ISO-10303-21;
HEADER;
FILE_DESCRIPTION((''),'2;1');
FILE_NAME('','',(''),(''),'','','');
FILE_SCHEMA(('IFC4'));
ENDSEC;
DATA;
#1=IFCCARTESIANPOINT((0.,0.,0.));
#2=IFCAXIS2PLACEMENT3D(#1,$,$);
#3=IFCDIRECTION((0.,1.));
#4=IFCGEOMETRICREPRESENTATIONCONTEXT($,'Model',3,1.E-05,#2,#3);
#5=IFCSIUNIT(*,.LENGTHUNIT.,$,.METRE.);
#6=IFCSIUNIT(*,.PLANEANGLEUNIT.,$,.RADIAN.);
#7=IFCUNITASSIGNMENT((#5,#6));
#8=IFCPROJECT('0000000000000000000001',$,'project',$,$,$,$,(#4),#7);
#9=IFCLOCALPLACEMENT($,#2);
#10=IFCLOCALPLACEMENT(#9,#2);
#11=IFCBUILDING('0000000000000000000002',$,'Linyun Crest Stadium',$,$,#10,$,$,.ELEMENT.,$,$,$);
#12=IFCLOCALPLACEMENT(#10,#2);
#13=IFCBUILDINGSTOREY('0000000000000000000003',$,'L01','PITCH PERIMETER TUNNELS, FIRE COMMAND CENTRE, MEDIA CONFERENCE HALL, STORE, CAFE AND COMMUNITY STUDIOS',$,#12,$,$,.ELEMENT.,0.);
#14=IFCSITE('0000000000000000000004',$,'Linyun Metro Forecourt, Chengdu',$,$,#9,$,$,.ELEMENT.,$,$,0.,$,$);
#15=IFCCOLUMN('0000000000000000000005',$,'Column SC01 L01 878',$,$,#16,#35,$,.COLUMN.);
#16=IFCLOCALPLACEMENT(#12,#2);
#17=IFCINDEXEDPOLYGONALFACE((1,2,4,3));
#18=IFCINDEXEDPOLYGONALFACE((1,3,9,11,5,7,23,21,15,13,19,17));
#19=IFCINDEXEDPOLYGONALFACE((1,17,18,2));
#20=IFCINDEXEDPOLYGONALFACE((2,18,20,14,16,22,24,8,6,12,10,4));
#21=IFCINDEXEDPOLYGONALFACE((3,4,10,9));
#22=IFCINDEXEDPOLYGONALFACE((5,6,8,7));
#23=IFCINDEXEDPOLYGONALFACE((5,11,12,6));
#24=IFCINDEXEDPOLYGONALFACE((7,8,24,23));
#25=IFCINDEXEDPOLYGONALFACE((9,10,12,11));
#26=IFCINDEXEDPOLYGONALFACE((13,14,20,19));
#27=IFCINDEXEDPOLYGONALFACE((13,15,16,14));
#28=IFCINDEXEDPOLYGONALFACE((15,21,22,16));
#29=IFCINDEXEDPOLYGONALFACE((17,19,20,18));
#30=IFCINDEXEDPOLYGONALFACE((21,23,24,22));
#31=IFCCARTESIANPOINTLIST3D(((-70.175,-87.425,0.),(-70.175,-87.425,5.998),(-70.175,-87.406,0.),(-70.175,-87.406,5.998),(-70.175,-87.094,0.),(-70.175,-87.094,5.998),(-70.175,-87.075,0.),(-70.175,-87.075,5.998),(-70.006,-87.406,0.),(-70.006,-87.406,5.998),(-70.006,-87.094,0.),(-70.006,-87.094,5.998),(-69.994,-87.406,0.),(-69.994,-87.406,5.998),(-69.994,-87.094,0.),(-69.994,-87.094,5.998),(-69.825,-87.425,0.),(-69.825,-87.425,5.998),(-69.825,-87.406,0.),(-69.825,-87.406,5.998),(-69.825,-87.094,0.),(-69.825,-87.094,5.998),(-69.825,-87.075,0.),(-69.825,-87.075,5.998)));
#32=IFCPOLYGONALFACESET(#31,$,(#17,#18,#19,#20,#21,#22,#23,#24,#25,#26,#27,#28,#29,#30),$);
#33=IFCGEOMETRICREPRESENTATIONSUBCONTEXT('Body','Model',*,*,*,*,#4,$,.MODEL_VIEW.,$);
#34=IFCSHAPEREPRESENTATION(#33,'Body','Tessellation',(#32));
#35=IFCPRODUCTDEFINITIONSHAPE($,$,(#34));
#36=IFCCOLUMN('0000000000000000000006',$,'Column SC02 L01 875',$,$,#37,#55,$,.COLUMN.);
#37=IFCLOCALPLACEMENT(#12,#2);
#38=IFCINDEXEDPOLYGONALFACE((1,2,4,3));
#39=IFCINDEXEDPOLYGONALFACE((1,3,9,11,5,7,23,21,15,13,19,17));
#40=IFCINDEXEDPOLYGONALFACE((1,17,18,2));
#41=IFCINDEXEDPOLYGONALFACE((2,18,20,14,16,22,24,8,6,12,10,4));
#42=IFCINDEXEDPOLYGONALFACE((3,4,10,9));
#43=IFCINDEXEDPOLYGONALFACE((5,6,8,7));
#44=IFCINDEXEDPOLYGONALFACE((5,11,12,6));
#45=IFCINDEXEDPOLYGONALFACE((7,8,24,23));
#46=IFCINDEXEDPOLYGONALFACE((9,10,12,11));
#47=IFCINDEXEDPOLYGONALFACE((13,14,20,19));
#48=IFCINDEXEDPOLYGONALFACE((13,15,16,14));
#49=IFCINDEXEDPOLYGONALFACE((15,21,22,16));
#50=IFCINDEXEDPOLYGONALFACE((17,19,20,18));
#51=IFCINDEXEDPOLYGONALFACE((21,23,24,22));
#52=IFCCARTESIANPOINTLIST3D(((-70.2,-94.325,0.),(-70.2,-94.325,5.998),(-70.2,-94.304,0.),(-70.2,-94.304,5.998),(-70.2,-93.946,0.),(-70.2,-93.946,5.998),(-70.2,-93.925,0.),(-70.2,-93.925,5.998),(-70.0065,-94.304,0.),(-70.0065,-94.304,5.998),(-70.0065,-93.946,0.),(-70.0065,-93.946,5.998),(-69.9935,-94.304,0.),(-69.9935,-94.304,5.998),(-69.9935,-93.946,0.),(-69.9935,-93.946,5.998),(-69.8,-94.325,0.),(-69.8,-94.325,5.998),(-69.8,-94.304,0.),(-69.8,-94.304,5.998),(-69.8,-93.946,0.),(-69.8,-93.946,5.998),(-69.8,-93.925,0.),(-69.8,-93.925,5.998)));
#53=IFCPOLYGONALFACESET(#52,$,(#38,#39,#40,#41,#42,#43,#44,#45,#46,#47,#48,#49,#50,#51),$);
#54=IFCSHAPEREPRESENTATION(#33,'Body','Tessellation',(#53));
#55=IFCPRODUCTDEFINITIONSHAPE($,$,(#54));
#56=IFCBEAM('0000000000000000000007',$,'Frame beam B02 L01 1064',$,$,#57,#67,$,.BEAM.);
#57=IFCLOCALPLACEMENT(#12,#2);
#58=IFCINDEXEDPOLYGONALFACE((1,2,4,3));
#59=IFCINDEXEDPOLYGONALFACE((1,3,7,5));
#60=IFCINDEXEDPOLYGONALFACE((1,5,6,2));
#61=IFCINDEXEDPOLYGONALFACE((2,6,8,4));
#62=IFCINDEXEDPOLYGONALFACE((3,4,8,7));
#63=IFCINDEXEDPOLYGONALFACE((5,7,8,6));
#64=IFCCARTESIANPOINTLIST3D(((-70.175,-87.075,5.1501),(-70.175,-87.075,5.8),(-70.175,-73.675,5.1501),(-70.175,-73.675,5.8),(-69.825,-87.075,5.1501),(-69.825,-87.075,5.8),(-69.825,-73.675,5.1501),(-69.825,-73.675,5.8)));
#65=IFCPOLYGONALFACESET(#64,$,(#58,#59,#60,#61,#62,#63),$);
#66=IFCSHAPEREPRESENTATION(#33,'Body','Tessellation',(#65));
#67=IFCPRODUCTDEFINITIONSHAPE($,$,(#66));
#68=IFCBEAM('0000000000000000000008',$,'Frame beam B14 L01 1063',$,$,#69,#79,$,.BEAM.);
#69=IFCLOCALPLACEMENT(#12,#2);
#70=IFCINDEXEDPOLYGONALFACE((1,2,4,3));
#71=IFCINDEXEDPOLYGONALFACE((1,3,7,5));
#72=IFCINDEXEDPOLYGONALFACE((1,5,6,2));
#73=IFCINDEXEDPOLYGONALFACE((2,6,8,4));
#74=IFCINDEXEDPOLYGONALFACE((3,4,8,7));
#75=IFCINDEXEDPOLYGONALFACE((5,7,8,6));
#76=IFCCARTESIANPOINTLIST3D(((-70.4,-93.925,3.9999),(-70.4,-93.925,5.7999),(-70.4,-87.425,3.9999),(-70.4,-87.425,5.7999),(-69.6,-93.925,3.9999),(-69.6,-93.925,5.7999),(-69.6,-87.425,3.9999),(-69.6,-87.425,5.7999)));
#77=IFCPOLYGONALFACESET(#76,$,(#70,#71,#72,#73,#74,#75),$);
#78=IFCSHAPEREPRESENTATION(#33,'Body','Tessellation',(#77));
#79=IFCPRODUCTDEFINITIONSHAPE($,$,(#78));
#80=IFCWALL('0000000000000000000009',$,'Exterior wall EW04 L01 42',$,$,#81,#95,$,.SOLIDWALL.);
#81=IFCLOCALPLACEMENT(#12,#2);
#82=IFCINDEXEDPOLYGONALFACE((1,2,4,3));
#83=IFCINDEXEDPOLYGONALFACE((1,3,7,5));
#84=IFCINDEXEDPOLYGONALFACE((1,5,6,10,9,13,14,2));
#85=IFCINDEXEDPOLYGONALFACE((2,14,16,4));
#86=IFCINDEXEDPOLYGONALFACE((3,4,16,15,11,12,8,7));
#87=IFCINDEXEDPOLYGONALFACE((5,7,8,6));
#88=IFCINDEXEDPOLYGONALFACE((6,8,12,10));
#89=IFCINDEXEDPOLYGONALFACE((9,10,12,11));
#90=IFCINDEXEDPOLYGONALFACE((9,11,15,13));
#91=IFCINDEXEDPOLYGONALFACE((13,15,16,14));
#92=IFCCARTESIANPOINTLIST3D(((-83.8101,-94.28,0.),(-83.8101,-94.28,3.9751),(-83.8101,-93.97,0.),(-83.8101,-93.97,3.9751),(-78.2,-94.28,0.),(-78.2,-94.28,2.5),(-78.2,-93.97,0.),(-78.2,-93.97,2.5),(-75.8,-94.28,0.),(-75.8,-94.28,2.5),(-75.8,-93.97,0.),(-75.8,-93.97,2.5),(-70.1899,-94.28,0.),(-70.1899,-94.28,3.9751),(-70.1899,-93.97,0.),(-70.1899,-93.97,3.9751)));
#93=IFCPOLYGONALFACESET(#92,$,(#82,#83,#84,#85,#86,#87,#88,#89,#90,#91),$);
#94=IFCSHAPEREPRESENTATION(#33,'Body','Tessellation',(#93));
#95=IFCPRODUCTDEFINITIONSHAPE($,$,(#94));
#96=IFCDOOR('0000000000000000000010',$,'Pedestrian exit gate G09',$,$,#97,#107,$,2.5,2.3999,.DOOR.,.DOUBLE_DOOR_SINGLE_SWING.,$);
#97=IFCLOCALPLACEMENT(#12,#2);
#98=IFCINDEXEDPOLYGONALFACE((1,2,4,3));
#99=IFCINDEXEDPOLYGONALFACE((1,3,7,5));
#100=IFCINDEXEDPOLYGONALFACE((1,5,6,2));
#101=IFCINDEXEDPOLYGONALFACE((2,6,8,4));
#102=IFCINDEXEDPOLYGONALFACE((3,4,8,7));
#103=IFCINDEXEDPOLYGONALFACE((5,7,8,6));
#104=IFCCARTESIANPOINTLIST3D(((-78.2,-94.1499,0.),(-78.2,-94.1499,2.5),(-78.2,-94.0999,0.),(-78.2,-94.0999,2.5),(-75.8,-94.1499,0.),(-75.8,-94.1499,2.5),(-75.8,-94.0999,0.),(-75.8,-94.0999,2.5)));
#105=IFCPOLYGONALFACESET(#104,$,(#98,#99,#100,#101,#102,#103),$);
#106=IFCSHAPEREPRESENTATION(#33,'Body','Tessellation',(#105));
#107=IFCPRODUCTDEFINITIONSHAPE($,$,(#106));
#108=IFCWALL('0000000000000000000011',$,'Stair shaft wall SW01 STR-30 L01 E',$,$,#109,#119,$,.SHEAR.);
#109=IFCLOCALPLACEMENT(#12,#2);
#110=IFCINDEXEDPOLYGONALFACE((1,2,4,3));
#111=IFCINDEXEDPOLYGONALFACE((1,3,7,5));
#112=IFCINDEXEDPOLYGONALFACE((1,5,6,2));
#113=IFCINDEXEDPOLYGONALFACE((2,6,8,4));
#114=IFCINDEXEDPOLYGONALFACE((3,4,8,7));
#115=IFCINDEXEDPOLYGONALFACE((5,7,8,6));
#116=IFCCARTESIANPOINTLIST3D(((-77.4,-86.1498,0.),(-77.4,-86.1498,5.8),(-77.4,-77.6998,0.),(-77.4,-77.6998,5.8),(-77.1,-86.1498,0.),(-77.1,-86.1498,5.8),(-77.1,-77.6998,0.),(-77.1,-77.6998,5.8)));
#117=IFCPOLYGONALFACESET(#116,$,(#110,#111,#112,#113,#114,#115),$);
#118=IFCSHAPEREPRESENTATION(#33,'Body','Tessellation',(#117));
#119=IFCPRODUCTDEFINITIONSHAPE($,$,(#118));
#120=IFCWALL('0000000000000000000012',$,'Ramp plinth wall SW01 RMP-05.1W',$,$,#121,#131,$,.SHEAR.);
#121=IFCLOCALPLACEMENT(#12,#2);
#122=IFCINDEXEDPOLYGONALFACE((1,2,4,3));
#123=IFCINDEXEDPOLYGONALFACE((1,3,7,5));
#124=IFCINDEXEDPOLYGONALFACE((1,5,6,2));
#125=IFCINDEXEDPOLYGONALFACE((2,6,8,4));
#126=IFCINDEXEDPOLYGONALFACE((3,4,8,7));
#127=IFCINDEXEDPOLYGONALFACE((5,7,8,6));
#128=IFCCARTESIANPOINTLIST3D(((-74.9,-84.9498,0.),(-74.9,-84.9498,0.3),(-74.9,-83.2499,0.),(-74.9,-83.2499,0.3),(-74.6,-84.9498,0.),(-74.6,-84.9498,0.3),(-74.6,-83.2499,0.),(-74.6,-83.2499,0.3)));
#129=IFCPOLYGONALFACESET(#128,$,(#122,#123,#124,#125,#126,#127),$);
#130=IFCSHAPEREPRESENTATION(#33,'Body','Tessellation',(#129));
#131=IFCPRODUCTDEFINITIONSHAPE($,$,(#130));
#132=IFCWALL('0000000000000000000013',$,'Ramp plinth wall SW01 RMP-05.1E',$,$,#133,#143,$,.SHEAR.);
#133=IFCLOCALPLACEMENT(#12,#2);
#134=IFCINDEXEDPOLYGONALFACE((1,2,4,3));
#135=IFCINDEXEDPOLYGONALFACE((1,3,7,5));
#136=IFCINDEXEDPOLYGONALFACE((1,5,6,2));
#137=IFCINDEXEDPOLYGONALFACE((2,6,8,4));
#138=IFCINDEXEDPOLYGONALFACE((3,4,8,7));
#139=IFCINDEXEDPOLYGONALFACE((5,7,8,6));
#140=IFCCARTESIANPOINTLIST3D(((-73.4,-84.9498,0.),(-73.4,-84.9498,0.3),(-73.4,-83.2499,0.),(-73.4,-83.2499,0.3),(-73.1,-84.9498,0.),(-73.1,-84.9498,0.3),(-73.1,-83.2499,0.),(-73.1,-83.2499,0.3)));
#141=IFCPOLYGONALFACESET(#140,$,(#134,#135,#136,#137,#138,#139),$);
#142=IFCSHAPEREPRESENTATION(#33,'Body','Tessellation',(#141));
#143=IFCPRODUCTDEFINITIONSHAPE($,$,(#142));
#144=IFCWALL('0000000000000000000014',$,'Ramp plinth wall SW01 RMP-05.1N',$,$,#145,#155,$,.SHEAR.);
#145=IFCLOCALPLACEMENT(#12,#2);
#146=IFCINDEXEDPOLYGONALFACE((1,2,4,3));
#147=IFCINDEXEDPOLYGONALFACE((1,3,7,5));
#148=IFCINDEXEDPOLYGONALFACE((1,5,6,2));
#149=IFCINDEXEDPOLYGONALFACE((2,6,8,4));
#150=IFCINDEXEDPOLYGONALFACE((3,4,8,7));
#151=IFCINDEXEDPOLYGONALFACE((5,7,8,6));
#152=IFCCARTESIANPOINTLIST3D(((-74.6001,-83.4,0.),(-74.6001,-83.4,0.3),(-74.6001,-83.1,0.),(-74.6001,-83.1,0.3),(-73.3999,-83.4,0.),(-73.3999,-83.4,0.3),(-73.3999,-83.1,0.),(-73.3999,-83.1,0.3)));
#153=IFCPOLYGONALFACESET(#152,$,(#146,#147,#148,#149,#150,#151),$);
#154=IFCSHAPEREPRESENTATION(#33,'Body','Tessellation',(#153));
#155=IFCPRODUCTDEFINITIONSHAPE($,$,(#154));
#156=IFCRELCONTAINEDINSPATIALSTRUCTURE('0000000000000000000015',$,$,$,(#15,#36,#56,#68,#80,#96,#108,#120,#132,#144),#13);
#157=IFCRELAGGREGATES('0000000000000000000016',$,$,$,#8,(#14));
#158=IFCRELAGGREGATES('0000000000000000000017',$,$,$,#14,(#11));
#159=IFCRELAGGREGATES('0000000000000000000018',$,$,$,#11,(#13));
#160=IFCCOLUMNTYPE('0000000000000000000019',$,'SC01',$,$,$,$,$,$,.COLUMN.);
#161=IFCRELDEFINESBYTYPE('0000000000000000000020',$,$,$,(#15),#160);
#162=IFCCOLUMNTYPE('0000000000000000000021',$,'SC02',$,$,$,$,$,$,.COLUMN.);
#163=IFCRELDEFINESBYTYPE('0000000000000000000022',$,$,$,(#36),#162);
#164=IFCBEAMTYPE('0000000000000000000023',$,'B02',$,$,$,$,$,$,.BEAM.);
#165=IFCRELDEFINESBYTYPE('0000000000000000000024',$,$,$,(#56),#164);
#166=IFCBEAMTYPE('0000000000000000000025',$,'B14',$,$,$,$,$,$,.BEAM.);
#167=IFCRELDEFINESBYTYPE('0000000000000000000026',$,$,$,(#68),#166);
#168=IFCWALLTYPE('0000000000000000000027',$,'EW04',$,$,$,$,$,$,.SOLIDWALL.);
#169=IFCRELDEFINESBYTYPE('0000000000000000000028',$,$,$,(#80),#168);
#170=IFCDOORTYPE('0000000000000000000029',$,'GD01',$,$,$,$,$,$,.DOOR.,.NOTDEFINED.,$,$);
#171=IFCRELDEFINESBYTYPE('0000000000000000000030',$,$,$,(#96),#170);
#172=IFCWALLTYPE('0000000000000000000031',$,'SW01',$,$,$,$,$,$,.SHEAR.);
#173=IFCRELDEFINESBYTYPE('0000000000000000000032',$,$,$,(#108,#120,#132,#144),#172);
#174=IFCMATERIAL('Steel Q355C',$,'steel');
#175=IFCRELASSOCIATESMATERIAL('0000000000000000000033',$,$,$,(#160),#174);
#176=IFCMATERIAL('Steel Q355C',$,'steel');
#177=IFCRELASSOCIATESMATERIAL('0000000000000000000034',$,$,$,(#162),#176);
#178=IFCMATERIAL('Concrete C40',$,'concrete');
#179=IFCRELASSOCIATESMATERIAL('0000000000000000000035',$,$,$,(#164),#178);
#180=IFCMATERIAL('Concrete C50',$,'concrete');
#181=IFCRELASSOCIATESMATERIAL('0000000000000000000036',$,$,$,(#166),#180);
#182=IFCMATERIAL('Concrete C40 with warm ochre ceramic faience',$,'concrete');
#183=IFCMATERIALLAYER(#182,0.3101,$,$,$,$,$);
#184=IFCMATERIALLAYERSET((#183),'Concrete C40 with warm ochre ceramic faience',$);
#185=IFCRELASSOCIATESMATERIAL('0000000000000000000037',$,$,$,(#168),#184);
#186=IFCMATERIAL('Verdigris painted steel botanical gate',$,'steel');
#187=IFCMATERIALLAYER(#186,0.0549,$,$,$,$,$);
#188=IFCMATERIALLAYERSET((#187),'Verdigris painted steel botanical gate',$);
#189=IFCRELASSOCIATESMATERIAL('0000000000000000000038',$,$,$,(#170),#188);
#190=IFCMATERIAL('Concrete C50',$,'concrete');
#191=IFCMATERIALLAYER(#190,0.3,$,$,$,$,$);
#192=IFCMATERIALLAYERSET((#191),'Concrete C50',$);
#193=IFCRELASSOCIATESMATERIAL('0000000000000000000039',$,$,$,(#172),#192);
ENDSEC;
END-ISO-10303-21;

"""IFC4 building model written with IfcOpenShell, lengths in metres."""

from ifc_helpers import new_model, si_unit, direction, frame, frame_2d, origin, origin_2d, place, context, subcontext, project, spatial, rectangle, i_section, extrude, material, layer, layer_set, material_profile, profile_set, type_object, element, fill, save


model = new_model("IFC4")

# Units and contexts
model_context = context("Model", 3, precision=1e-05, world=origin(), true_north=direction((0.0, 1.0)))
body_context = subcontext(model_context, "Body", "Model", "MODEL_VIEW")
ifc_project = project(units=[si_unit("LENGTHUNIT", "METRE"), si_unit("PLANEANGLEUNIT", "RADIAN")], contexts=[model_context])

# Site, building, storey
site_placement = place(None, origin())
site = spatial("IfcSite", under=ifc_project, at=site_placement, Name="Linyun Metro Forecourt, Chengdu", CompositionType="ELEMENT", RefElevation=0.0)
building_placement = place(site_placement, origin())
building = spatial("IfcBuilding", under=site, at=building_placement, Name="Linyun Crest Stadium", CompositionType="ELEMENT")
storey_placement = place(building_placement, origin())
storey = spatial("IfcBuildingStorey", under=building, at=storey_placement, Name="L01", Description="PITCH PERIMETER TUNNELS, FIRE COMMAND CENTRE, MEDIA CONFERENCE HALL, STORE, CAFE AND COMMUNITY STUDIOS", CompositionType="ELEMENT", Elevation=0.0)

# Columns
ifc_material_1 = material(Name="Steel Q355C", Category="steel")
ifc_material_profile_1 = material_profile(ifc_material_1, i_section(OverallWidth=0.3501, OverallDepth=0.3501, WebThickness=0.012, FlangeThickness=0.019, at=origin_2d()), Name="HW 350x350")
ifc_profile_set_1 = profile_set([ifc_material_profile_1], Name="Steel Q355C")
column_type_1 = type_object("IfcColumnType", Name="SC01", PredefinedType="COLUMN", material=ifc_profile_set_1)
column_1_placement = place(storey_placement, frame((-70.0, -87.25, 0.0), z_axis=(0.0, 0.0, 1.0), x_axis=(1.0, 0.0, 0.0)))
element("IfcColumn", 1, at=column_1_placement, inside=storey, type_object=column_type_1, Name="Column SC01 L01 878", PredefinedType="COLUMN", context=body_context, shape_type="SweptSolid", body=[
    extrude(i_section(OverallWidth=0.3501, OverallDepth=0.3501, WebThickness=0.012, FlangeThickness=0.019, at=origin_2d()), origin(), (0.0, 0.0, 1.0), 5.998),
])
ifc_material_2 = material(Name="Steel Q355C", Category="steel")
ifc_material_profile_2 = material_profile(ifc_material_2, i_section(OverallWidth=0.3999, OverallDepth=0.3999, WebThickness=0.0129, FlangeThickness=0.021, at=origin_2d()), Name="HW 400x400")
ifc_profile_set_2 = profile_set([ifc_material_profile_2], Name="Steel Q355C")
column_type_2 = type_object("IfcColumnType", Name="SC02", PredefinedType="COLUMN", material=ifc_profile_set_2)
column_2_placement = place(storey_placement, frame((-70.0, -94.125, 0.0), z_axis=(0.0, 0.0, 1.0), x_axis=(1.0, 0.0, 0.0)))
element("IfcColumn", 2, at=column_2_placement, inside=storey, type_object=column_type_2, Name="Column SC02 L01 875", PredefinedType="COLUMN", context=body_context, shape_type="SweptSolid", body=[
    extrude(i_section(OverallWidth=0.3999, OverallDepth=0.3999, WebThickness=0.0129, FlangeThickness=0.021, at=origin_2d()), origin(), (0.0, 0.0, 1.0), 5.998),
])

# Beams
ifc_material_3 = material(Name="Concrete C40", Category="concrete")
ifc_material_profile_3 = material_profile(ifc_material_3, rectangle(XDim=0.3501, YDim=0.6499, at=origin_2d()), Name="RCB 650x350")
ifc_profile_set_3 = profile_set([ifc_material_profile_3], Name="Concrete C40")
beam_type_1 = type_object("IfcBeamType", Name="B02", PredefinedType="BEAM", material=ifc_profile_set_3)
beam_1_placement = place(storey_placement, frame((-70.0, -87.075, 5.4751), z_axis=(0.0, 1.0, 0.0), x_axis=(-1.0, 0.0, 0.0)))
element("IfcBeam", 3, at=beam_1_placement, inside=storey, type_object=beam_type_1, Name="Frame beam B02 L01 1064", PredefinedType="BEAM", context=body_context, shape_type="SweptSolid", body=[
    extrude(rectangle(XDim=0.3501, YDim=0.6499, at=origin_2d()), origin(), (0.0, 0.0, 1.0), 13.3999),
])
ifc_material_4 = material(Name="Concrete C50", Category="concrete")
ifc_material_profile_4 = material_profile(ifc_material_4, rectangle(XDim=0.8, YDim=1.8, at=origin_2d()), Name="RCB 1800x800")
ifc_profile_set_4 = profile_set([ifc_material_profile_4], Name="Concrete C50")
beam_type_2 = type_object("IfcBeamType", Name="B14", PredefinedType="BEAM", material=ifc_profile_set_4)
beam_2_placement = place(storey_placement, frame((-70.0, -93.925, 4.8999), z_axis=(0.0, 1.0, 0.0), x_axis=(-1.0, 0.0, 0.0)))
element("IfcBeam", 4, at=beam_2_placement, inside=storey, type_object=beam_type_2, Name="Frame beam B14 L01 1063", PredefinedType="BEAM", context=body_context, shape_type="SweptSolid", body=[
    extrude(rectangle(XDim=0.8, YDim=1.8, at=origin_2d()), origin(), (0.0, 0.0, 1.0), 6.5),
])

# Wall, opening, door
ifc_material_5 = material(Name="Concrete C40 with warm ochre ceramic faience", Category="concrete")
ifc_layer_1 = layer(ifc_material_5, 0.3101)
ifc_layer_set_1 = layer_set([ifc_layer_1], Name="Concrete C40 with warm ochre ceramic faience")
wall_type_1 = type_object("IfcWallType", Name="EW04", PredefinedType="SOLIDWALL", material=ifc_layer_set_1)
wall_1_placement = place(storey_placement, frame((-70.1899, -94.125, 0.0), z_axis=(0.0, 0.0, 1.0), x_axis=(-1.0, 0.0, 0.0)))
wall_1 = element("IfcWall", 5, at=wall_1_placement, inside=storey, type_object=wall_type_1, Name="Exterior wall EW04 L01 42", PredefinedType="SOLIDWALL", context=body_context, shape_type="SweptSolid", body=[
    extrude(rectangle(XDim=13.6201, YDim=0.3101, at=frame_2d((6.8101, 0.0))), origin(), (0.0, 0.0, 1.0), 3.9751),
])
opening_placement = place(wall_1_placement, frame((5.6101, 0.0, 0.0)))
opening = element("IfcOpeningElement", 6, at=opening_placement, cuts=wall_1, PredefinedType="OPENING", context=body_context, shape_type="SweptSolid", body=[
    extrude(rectangle(XDim=2.3999, YDim=2.5, at=frame_2d((1.2, 1.25))), frame((0.0, 0.165, 0.0), z_axis=(0.0, -1.0, 0.0), x_axis=(1.0, 0.0, 0.0)), (0.0, 0.0, 1.0), 0.3301),
])
ifc_material_6 = material(Name="Verdigris painted steel botanical gate", Category="steel")
ifc_layer_2 = layer(ifc_material_6, 0.0549)
ifc_layer_set_2 = layer_set([ifc_layer_2], Name="Verdigris painted steel botanical gate")
door_type = type_object("IfcDoorType", Name="GD01", OperationType="NOTDEFINED", PredefinedType="DOOR", material=ifc_layer_set_2)
door_placement = place(opening_placement, origin())
door = element("IfcDoor", 7, at=door_placement, inside=storey, type_object=door_type, Name="Pedestrian exit gate G09", OperationType="DOUBLE_DOOR_SINGLE_SWING", OverallHeight=2.5, OverallWidth=2.3999, PredefinedType="DOOR", context=body_context, shape_type="SweptSolid", body=[
    extrude(rectangle(XDim=2.3999, YDim=2.5, at=frame_2d((1.2, 1.25))), frame((0.0, 0.0249, 0.0), z_axis=(0.0, -1.0, 0.0), x_axis=(1.0, 0.0, 0.0)), (0.0, 0.0, 1.0), 0.05),
])
fill(opening, door)

# Walls
ifc_material_7 = material(Name="Concrete C50", Category="concrete")
ifc_layer_3 = layer(ifc_material_7, 0.3)
ifc_layer_set_3 = layer_set([ifc_layer_3], Name="Concrete C50")
wall_type_2 = type_object("IfcWallType", Name="SW01", PredefinedType="SHEAR", material=ifc_layer_set_3)
wall_2_placement = place(storey_placement, frame((-77.25, -86.1499, 0.0), z_axis=(0.0, 0.0, 1.0), x_axis=(0.0, 1.0, 0.0)))
element("IfcWall", 8, at=wall_2_placement, inside=storey, type_object=wall_type_2, Name="Stair shaft wall SW01 STR-30 L01 E", PredefinedType="SHEAR", context=body_context, shape_type="SweptSolid", body=[
    extrude(rectangle(XDim=8.45, YDim=0.3, at=frame_2d((4.2251, 0.0))), origin(), (0.0, 0.0, 1.0), 5.8),
])
for number, where, z_axis, x_axis, name in (
    (9, (-74.75, -84.95, 0.0), (0.0, 0.0, 1.0), (0.0, 1.0, 0.0), "Ramp plinth wall SW01 RMP-05.1W"),
    (10, (-73.25, -84.95, 0.0), (0.0, 0.0, 1.0), (0.0, 1.0, 0.0), "Ramp plinth wall SW01 RMP-05.1E"),
):
    element("IfcWall", number, at=place(storey_placement, frame(where, z_axis=z_axis, x_axis=x_axis)), inside=storey, type_object=wall_type_2, Name=name, PredefinedType="SHEAR", context=body_context, shape_type="SweptSolid", body=[
        extrude(rectangle(XDim=1.7, YDim=0.3, at=frame_2d((0.8501, 0.0))), origin(), (0.0, 0.0, 1.0), 0.3),
    ])
wall_3_placement = place(storey_placement, frame((-74.6001, -83.25, 0.0), z_axis=(0.0, 0.0, 1.0), x_axis=(1.0, 0.0, 0.0)))
element("IfcWall", 11, at=wall_3_placement, inside=storey, type_object=wall_type_2, Name="Ramp plinth wall SW01 RMP-05.1N", PredefinedType="SHEAR", context=body_context, shape_type="SweptSolid", body=[
    extrude(rectangle(XDim=1.2002, YDim=0.3, at=frame_2d((0.6001, 0.0))), origin(), (0.0, 0.0, 1.0), 0.3),
])

save(model, "model.ifc")
